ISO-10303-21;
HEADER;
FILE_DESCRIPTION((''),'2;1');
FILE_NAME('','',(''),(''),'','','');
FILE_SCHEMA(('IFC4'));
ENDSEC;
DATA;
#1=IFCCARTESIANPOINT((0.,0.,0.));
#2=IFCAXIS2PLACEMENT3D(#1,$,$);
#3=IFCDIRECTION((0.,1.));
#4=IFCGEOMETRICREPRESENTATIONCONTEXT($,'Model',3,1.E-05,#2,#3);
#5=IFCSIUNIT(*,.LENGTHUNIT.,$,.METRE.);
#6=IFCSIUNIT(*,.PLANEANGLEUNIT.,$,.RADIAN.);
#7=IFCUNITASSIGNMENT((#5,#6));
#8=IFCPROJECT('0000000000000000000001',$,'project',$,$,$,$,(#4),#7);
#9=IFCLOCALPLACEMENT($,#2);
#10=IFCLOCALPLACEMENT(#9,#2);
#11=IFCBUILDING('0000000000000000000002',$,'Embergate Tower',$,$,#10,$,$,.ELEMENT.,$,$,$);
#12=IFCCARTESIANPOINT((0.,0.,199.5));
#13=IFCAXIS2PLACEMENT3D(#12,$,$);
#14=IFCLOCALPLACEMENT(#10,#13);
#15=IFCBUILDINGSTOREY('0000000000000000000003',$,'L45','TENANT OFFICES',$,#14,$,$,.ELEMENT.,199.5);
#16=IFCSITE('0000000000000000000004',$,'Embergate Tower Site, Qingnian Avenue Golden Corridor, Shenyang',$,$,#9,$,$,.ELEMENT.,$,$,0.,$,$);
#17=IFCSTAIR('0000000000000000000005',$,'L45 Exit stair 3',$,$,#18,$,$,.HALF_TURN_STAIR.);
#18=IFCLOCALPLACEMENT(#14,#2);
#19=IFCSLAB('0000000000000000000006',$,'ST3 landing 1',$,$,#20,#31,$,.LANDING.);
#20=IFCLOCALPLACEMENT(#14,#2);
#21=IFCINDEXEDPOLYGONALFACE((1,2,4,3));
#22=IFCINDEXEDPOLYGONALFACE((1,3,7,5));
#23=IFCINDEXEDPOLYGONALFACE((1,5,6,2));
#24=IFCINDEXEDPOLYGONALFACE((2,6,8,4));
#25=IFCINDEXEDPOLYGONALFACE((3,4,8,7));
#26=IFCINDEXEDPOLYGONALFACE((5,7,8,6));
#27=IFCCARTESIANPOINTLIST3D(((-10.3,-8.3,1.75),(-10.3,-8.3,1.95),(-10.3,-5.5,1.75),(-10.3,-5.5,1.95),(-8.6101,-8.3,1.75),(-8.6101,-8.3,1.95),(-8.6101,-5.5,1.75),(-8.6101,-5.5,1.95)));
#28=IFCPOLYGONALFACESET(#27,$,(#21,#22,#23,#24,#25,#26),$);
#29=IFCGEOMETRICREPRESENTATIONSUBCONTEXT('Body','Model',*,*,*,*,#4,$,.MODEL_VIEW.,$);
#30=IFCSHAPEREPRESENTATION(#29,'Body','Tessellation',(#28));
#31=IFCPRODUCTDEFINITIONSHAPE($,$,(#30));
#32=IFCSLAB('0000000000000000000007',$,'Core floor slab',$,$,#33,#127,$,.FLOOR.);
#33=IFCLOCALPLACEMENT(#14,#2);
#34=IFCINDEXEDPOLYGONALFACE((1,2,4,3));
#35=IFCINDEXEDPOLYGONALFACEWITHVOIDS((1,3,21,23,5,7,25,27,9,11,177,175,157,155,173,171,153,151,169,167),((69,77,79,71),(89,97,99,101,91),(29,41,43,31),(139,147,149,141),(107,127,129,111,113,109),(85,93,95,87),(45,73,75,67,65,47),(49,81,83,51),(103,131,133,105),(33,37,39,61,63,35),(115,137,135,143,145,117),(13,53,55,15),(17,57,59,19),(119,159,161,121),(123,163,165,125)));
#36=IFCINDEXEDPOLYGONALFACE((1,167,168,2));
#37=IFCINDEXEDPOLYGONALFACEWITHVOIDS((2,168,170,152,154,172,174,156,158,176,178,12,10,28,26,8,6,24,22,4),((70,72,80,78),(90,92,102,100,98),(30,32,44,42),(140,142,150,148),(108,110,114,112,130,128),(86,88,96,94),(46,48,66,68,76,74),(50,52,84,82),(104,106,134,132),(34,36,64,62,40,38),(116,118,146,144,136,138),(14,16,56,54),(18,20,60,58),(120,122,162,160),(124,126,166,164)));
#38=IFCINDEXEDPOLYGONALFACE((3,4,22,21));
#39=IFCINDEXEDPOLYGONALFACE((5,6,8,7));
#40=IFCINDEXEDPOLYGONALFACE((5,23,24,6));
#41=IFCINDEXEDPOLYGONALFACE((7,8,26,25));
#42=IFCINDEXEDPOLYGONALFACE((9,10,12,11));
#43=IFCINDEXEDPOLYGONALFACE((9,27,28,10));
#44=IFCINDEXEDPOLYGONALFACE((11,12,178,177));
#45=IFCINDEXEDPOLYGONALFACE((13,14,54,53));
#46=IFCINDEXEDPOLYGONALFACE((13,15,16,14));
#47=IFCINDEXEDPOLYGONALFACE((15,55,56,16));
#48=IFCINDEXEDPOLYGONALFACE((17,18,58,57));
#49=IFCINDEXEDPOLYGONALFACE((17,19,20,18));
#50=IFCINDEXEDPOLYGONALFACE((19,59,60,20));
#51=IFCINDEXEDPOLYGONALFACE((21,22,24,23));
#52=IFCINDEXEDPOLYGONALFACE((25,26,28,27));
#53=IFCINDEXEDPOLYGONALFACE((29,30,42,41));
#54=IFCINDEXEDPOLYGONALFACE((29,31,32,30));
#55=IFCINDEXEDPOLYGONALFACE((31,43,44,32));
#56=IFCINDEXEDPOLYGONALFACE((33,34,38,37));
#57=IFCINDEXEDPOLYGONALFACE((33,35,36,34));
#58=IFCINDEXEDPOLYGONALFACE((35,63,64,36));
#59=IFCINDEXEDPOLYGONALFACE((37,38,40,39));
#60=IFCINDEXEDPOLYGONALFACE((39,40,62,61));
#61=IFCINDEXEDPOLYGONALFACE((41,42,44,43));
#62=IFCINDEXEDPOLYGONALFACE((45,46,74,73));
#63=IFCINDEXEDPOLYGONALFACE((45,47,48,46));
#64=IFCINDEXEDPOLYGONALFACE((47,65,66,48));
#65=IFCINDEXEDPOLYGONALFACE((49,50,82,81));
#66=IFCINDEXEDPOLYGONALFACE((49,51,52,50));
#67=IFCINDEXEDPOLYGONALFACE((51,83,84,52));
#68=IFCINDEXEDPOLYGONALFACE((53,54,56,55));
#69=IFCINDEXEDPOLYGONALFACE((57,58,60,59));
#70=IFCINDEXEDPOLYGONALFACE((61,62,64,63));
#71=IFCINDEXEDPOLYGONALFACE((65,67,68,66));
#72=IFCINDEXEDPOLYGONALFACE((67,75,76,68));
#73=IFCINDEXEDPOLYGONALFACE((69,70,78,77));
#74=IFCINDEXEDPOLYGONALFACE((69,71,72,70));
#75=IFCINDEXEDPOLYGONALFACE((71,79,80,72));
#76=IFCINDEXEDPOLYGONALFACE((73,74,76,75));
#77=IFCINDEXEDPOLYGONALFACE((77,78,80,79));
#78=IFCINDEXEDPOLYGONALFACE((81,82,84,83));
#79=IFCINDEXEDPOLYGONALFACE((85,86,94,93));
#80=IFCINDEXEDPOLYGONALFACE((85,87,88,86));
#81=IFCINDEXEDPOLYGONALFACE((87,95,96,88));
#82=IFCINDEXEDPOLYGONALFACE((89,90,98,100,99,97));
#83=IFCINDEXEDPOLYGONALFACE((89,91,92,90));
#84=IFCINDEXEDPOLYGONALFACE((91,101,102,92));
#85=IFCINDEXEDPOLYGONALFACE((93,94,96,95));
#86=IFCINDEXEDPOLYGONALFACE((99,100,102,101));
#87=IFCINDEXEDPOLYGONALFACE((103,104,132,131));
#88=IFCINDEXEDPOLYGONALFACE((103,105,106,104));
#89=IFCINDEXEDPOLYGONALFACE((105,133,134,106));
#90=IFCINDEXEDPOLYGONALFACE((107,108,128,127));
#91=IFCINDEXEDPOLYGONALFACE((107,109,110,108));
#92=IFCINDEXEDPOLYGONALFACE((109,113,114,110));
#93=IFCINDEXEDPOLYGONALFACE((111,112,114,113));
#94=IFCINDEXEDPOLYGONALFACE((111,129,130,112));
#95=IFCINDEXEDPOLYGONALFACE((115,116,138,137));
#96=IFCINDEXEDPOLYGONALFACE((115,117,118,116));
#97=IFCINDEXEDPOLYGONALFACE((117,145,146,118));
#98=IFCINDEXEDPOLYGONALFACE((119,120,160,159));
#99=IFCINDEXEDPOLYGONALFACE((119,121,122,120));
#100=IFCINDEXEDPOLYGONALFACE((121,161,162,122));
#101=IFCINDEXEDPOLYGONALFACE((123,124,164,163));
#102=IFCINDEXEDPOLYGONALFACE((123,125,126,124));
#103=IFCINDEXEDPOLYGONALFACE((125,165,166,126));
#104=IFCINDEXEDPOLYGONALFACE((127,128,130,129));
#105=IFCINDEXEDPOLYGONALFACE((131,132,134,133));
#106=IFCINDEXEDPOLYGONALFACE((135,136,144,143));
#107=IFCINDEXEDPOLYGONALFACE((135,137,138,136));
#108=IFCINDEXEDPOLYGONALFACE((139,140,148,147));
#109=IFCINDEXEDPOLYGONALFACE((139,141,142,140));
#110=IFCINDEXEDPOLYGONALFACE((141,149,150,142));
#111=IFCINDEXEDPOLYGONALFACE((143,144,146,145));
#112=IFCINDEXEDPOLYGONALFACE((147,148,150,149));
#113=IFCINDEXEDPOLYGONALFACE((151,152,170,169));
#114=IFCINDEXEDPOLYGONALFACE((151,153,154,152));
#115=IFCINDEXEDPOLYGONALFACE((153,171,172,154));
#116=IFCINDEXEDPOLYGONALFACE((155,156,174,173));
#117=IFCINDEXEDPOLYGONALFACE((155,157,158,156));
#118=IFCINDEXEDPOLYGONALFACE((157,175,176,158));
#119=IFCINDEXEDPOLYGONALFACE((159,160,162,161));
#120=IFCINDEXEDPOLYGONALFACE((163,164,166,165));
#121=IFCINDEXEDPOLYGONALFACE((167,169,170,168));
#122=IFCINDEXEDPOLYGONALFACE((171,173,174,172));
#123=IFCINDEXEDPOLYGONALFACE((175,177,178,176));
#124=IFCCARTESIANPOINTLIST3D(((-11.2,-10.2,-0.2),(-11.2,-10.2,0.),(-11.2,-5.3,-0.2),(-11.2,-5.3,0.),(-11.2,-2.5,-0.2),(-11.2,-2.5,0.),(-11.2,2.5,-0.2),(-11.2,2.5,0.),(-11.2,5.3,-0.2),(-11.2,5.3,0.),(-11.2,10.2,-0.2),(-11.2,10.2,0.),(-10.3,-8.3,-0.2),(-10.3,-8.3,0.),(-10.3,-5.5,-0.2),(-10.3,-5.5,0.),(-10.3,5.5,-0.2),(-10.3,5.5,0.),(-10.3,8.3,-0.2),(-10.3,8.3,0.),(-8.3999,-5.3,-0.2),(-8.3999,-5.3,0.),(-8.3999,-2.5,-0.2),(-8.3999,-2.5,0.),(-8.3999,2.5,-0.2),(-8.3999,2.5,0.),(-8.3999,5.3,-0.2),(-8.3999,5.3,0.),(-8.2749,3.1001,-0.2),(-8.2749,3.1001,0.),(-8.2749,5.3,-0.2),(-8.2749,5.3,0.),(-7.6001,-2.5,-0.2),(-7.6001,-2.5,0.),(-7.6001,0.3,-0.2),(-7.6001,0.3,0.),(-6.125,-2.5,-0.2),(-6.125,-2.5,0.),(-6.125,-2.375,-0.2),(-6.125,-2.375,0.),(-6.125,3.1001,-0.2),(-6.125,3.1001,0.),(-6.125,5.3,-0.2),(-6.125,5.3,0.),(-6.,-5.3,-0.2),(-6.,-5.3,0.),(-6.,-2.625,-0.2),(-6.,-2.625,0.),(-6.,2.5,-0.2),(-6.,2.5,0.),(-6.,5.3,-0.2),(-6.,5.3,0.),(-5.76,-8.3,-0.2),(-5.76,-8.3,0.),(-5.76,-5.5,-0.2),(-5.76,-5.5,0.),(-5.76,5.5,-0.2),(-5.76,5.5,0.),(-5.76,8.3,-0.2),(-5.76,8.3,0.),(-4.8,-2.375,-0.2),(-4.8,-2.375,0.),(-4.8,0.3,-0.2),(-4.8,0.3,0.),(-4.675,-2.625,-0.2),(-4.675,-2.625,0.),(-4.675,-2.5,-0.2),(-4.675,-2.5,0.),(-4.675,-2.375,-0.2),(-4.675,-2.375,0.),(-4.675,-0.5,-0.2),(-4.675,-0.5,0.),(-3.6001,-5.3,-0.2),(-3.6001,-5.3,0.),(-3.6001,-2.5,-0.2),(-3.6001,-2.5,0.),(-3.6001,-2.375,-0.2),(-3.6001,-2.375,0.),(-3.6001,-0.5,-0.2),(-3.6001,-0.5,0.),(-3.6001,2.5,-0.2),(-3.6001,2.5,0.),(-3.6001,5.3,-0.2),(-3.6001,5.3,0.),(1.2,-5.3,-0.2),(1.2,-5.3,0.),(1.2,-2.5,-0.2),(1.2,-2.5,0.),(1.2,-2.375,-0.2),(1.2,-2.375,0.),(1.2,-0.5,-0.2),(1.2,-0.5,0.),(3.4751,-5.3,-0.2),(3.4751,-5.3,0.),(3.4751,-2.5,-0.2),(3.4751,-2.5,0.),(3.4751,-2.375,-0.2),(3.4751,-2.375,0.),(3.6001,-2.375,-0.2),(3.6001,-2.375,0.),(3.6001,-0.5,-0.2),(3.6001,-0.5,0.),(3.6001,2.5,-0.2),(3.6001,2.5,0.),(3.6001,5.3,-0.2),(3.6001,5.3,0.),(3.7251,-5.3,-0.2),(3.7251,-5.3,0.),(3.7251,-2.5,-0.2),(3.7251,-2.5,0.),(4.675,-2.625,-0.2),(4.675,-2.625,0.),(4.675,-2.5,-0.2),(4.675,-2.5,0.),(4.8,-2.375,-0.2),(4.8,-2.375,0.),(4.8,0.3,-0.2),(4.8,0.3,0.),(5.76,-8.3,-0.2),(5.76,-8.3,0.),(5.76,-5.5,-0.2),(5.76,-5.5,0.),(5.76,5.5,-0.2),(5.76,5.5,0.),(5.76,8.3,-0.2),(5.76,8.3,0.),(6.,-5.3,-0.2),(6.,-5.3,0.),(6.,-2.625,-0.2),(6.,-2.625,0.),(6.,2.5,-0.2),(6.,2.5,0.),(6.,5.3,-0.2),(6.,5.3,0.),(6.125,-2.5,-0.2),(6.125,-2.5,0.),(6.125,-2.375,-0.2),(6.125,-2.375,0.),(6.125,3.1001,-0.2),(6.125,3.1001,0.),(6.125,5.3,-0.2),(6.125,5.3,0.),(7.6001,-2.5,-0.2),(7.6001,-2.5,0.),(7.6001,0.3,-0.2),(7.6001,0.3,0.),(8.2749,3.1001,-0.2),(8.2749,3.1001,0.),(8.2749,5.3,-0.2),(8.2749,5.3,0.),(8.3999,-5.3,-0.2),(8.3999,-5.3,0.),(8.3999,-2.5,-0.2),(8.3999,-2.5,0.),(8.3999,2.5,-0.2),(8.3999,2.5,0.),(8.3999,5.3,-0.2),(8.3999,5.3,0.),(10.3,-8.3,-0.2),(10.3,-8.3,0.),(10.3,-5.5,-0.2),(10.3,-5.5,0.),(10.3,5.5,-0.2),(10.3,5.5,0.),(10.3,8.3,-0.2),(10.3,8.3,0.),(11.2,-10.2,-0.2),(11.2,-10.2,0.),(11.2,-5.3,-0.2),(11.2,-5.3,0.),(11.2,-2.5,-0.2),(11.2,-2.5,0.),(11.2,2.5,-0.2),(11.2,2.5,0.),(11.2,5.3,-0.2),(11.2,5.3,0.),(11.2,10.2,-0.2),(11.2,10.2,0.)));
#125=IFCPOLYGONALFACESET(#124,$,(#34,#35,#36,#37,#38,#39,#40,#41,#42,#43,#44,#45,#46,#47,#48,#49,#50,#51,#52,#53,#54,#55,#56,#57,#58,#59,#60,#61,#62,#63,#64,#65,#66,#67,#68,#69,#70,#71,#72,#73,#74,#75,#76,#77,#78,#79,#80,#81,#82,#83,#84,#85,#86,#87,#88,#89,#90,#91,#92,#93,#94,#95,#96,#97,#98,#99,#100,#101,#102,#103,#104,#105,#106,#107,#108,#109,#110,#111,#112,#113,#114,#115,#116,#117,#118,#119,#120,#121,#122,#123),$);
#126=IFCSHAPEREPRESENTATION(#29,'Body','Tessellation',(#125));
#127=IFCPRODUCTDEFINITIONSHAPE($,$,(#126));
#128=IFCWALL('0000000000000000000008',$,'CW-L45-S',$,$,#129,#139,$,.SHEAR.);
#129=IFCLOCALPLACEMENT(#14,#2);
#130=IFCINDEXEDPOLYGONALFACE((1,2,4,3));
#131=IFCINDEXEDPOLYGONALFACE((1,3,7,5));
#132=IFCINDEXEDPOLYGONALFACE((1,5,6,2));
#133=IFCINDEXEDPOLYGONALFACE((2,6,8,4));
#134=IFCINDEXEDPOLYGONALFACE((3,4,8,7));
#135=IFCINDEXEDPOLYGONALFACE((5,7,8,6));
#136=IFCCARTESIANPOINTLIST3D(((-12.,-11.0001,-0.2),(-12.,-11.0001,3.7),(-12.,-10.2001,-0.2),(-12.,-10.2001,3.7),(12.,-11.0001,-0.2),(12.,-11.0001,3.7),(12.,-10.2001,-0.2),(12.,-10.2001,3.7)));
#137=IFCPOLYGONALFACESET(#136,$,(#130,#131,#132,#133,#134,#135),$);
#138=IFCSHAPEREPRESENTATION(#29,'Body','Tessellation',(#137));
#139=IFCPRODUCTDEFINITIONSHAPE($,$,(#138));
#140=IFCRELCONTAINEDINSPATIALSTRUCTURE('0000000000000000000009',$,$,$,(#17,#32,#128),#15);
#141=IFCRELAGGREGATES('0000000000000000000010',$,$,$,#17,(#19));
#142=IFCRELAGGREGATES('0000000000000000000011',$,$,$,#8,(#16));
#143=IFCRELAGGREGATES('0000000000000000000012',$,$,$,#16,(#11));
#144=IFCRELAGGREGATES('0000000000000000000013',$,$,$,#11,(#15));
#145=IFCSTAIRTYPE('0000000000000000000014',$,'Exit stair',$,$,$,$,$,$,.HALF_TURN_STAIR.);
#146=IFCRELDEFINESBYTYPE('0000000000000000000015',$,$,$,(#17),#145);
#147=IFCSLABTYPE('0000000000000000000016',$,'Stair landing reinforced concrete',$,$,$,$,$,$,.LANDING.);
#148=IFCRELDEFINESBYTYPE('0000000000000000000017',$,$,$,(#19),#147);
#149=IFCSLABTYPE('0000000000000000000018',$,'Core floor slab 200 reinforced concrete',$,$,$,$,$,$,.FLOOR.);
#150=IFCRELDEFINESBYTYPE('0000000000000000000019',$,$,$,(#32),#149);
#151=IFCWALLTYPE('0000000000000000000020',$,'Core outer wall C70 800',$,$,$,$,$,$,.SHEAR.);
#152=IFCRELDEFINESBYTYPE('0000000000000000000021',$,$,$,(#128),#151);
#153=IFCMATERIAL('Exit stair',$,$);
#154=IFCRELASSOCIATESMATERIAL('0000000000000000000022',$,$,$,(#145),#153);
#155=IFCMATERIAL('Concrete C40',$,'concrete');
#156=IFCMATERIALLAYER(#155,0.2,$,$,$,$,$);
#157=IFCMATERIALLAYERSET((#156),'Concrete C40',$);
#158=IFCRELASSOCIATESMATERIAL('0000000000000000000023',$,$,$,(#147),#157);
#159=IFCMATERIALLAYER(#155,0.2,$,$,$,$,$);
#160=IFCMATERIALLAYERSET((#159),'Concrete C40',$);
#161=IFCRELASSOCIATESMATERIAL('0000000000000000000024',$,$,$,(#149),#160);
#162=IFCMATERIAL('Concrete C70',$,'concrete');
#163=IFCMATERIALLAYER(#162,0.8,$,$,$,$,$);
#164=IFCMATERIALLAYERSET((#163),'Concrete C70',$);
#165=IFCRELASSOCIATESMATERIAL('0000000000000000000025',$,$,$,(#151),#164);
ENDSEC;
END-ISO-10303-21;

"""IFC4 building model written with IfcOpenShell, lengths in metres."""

from ifc_helpers import new_model, si_unit, direction, frame, frame_2d, origin, place, context, subcontext, project, spatial, polyline, rectangle, outline, extrude, source, transform, mapped, material, layer, layer_set, type_object, element, aggregate, save


model = new_model("IFC4")

# Units and contexts
model_context = context("Model", 3, precision=1e-05, world=origin(), true_north=direction((0.0, 1.0)))
body_context = subcontext(model_context, "Body", "Model", "MODEL_VIEW")
ifc_project = project(units=[si_unit("LENGTHUNIT", "METRE"), si_unit("PLANEANGLEUNIT", "RADIAN")], contexts=[model_context])

# Site, building, storey
site_placement = place(None, origin())
site = spatial("IfcSite", under=ifc_project, at=site_placement, Name="Embergate Tower Site, Qingnian Avenue Golden Corridor, Shenyang", CompositionType="ELEMENT", RefElevation=0.0)
building_placement = place(site_placement, origin())
building = spatial("IfcBuilding", under=site, at=building_placement, Name="Embergate Tower", CompositionType="ELEMENT")
storey_placement = place(building_placement, frame((0.0, 0.0, 199.5)))
storey = spatial("IfcBuildingStorey", under=building, at=storey_placement, Name="L45", Description="TENANT OFFICES", CompositionType="ELEMENT", Elevation=199.5)

# Stair, slab
ifc_material_1 = material(Name="Exit stair")
stair_type = type_object("IfcStairType", Name="Exit stair", PredefinedType="HALF_TURN_STAIR", material=ifc_material_1)
stair_placement = place(storey_placement, origin())
stair = element("IfcStair", 1, at=stair_placement, inside=storey, type_object=stair_type, Name="L45 Exit stair 3", PredefinedType="HALF_TURN_STAIR")
ifc_material_2 = material(Name="Concrete C40", Category="concrete")
ifc_layer_1 = layer(ifc_material_2, 0.2)
ifc_layer_set_1 = layer_set([ifc_layer_1], Name="Concrete C40")
slab_type_1 = type_object("IfcSlabType", Name="Stair landing reinforced concrete", PredefinedType="LANDING", material=ifc_layer_set_1)
shared_shape_1 = source(origin(), body_context, "Body", "SweptSolid", [
    extrude(outline(polyline([(0.0, 0.0), (1.6899, 0.0), (1.6899, 2.8), (0.0, 2.8), (0.0, 0.0)])), origin(), (0.0, 0.0, 1.0), 0.2),
])
slab_1_placement = place(storey_placement, frame((-10.3, -8.3, 1.75)))
slab_1 = element("IfcSlab", 2, at=slab_1_placement, type_object=slab_type_1, Name="ST3 landing 1", PredefinedType="LANDING", context=body_context, shape_type="MappedRepresentation", body=[
    mapped(shared_shape_1, transform((0.0, 0.0, 0.0))),
])

# Slab
ifc_layer_2 = layer(ifc_material_2, 0.2)
ifc_layer_set_2 = layer_set([ifc_layer_2], Name="Concrete C40")
slab_type_2 = type_object("IfcSlabType", Name="Core floor slab 200 reinforced concrete", PredefinedType="FLOOR", material=ifc_layer_set_2)
shared_shape_2 = source(origin(), body_context, "Body", "SweptSolid", [
    extrude(outline(polyline([(0.0, 0.0), (22.3999, 0.0), (22.3999, 4.8999), (19.5999, 4.8999), (19.5999, 7.7), (22.3999, 7.7), (22.3999, 12.7), (19.5999, 12.7), (19.5999, 15.5), (22.3999, 15.5), (22.3999, 20.3999), (0.0, 20.3999), (0.0, 15.5), (2.8, 15.5), (2.8, 12.7), (0.0, 12.7), (0.0, 7.7), (2.8, 7.7), (2.8, 4.8999), (0.0, 4.8999), (0.0, 0.0)]), holes=[polyline([(0.8999, 1.8999), (0.8999, 4.7), (5.4399, 4.7), (5.4399, 1.8999), (0.8999, 1.8999)]), polyline([(16.96, 1.8999), (16.96, 4.7), (21.5, 4.7), (21.5, 1.8999), (16.96, 1.8999)]), polyline([(5.2, 4.8999), (5.2, 7.575), (6.5249, 7.575), (6.5249, 7.7), (7.5999, 7.7), (7.5999, 4.8999), (5.2, 4.8999)]), polyline([(12.3999, 4.8999), (12.3999, 7.7), (14.675, 7.7), (14.675, 4.8999), (12.3999, 4.8999)]), polyline([(14.925, 4.8999), (14.925, 7.7), (15.875, 7.7), (15.875, 7.575), (17.2, 7.575), (17.2, 4.8999), (14.925, 4.8999)]), polyline([(3.5999, 7.7), (3.5999, 10.5), (6.3999, 10.5), (6.3999, 7.825), (5.075, 7.825), (5.075, 7.7), (3.5999, 7.7)]), polyline([(17.325, 7.7), (17.325, 7.825), (16.0, 7.825), (16.0, 10.5), (18.8, 10.5), (18.8, 7.7), (17.325, 7.7)]), polyline([(6.5249, 7.825), (6.5249, 9.7), (7.5999, 9.7), (7.5999, 7.825), (6.5249, 7.825)]), polyline([(12.3999, 7.825), (12.3999, 9.7), (14.8, 9.7), (14.8, 7.825), (14.675, 7.825), (12.3999, 7.825)]), polyline([(5.2, 12.7), (5.2, 15.5), (7.5999, 15.5), (7.5999, 12.7), (5.2, 12.7)]), polyline([(14.8, 12.7), (14.8, 15.5), (17.2, 15.5), (17.2, 12.7), (14.8, 12.7)]), polyline([(2.925, 13.3), (2.925, 15.5), (5.075, 15.5), (5.075, 13.3), (2.925, 13.3)]), polyline([(17.325, 13.3), (17.325, 15.5), (19.4749, 15.5), (19.4749, 13.3), (17.325, 13.3)]), polyline([(0.8999, 15.7), (0.8999, 18.5), (5.4399, 18.5), (5.4399, 15.7), (0.8999, 15.7)]), polyline([(16.96, 15.7), (16.96, 18.5), (21.5, 18.5), (21.5, 15.7), (16.96, 15.7)])]), origin(), (0.0, 0.0, 1.0), 0.2),
])
slab_2_placement = place(storey_placement, frame((-11.2, -10.2, -0.2)))
element("IfcSlab", 3, at=slab_2_placement, inside=storey, type_object=slab_type_2, Name="Core floor slab", PredefinedType="FLOOR", context=body_context, shape_type="MappedRepresentation", body=[
    mapped(shared_shape_2, transform((0.0, 0.0, 0.0))),
])

# Wall
ifc_material_3 = material(Name="Concrete C70", Category="concrete")
ifc_layer_3 = layer(ifc_material_3, 0.8)
ifc_layer_set_3 = layer_set([ifc_layer_3], Name="Concrete C70")
wall_type_1 = type_object("IfcWallType", Name="Core outer wall C70 800", PredefinedType="SHEAR", material=ifc_layer_set_3)
shared_shape_3 = source(origin(), body_context, "Body", "SweptSolid", [
    extrude(rectangle(XDim=24.0, YDim=0.8, at=frame_2d((12.0, 0.0))), origin(), (0.0, 0.0, 1.0), 3.8999),
])
wall_1_placement = place(storey_placement, frame((-12.0, -10.6001, -0.2), z_axis=(0.0, 0.0, 1.0), x_axis=(1.0, 0.0, 0.0)))
element("IfcWall", 4, at=wall_1_placement, inside=storey, type_object=wall_type_1, Name="CW-L45-S", PredefinedType="SHEAR", context=body_context, shape_type="MappedRepresentation", body=[
    mapped(shared_shape_3, transform((0.0, 0.0, 0.0))),
])

aggregate(stair, [slab_1])

save(model, "model.ifc")
